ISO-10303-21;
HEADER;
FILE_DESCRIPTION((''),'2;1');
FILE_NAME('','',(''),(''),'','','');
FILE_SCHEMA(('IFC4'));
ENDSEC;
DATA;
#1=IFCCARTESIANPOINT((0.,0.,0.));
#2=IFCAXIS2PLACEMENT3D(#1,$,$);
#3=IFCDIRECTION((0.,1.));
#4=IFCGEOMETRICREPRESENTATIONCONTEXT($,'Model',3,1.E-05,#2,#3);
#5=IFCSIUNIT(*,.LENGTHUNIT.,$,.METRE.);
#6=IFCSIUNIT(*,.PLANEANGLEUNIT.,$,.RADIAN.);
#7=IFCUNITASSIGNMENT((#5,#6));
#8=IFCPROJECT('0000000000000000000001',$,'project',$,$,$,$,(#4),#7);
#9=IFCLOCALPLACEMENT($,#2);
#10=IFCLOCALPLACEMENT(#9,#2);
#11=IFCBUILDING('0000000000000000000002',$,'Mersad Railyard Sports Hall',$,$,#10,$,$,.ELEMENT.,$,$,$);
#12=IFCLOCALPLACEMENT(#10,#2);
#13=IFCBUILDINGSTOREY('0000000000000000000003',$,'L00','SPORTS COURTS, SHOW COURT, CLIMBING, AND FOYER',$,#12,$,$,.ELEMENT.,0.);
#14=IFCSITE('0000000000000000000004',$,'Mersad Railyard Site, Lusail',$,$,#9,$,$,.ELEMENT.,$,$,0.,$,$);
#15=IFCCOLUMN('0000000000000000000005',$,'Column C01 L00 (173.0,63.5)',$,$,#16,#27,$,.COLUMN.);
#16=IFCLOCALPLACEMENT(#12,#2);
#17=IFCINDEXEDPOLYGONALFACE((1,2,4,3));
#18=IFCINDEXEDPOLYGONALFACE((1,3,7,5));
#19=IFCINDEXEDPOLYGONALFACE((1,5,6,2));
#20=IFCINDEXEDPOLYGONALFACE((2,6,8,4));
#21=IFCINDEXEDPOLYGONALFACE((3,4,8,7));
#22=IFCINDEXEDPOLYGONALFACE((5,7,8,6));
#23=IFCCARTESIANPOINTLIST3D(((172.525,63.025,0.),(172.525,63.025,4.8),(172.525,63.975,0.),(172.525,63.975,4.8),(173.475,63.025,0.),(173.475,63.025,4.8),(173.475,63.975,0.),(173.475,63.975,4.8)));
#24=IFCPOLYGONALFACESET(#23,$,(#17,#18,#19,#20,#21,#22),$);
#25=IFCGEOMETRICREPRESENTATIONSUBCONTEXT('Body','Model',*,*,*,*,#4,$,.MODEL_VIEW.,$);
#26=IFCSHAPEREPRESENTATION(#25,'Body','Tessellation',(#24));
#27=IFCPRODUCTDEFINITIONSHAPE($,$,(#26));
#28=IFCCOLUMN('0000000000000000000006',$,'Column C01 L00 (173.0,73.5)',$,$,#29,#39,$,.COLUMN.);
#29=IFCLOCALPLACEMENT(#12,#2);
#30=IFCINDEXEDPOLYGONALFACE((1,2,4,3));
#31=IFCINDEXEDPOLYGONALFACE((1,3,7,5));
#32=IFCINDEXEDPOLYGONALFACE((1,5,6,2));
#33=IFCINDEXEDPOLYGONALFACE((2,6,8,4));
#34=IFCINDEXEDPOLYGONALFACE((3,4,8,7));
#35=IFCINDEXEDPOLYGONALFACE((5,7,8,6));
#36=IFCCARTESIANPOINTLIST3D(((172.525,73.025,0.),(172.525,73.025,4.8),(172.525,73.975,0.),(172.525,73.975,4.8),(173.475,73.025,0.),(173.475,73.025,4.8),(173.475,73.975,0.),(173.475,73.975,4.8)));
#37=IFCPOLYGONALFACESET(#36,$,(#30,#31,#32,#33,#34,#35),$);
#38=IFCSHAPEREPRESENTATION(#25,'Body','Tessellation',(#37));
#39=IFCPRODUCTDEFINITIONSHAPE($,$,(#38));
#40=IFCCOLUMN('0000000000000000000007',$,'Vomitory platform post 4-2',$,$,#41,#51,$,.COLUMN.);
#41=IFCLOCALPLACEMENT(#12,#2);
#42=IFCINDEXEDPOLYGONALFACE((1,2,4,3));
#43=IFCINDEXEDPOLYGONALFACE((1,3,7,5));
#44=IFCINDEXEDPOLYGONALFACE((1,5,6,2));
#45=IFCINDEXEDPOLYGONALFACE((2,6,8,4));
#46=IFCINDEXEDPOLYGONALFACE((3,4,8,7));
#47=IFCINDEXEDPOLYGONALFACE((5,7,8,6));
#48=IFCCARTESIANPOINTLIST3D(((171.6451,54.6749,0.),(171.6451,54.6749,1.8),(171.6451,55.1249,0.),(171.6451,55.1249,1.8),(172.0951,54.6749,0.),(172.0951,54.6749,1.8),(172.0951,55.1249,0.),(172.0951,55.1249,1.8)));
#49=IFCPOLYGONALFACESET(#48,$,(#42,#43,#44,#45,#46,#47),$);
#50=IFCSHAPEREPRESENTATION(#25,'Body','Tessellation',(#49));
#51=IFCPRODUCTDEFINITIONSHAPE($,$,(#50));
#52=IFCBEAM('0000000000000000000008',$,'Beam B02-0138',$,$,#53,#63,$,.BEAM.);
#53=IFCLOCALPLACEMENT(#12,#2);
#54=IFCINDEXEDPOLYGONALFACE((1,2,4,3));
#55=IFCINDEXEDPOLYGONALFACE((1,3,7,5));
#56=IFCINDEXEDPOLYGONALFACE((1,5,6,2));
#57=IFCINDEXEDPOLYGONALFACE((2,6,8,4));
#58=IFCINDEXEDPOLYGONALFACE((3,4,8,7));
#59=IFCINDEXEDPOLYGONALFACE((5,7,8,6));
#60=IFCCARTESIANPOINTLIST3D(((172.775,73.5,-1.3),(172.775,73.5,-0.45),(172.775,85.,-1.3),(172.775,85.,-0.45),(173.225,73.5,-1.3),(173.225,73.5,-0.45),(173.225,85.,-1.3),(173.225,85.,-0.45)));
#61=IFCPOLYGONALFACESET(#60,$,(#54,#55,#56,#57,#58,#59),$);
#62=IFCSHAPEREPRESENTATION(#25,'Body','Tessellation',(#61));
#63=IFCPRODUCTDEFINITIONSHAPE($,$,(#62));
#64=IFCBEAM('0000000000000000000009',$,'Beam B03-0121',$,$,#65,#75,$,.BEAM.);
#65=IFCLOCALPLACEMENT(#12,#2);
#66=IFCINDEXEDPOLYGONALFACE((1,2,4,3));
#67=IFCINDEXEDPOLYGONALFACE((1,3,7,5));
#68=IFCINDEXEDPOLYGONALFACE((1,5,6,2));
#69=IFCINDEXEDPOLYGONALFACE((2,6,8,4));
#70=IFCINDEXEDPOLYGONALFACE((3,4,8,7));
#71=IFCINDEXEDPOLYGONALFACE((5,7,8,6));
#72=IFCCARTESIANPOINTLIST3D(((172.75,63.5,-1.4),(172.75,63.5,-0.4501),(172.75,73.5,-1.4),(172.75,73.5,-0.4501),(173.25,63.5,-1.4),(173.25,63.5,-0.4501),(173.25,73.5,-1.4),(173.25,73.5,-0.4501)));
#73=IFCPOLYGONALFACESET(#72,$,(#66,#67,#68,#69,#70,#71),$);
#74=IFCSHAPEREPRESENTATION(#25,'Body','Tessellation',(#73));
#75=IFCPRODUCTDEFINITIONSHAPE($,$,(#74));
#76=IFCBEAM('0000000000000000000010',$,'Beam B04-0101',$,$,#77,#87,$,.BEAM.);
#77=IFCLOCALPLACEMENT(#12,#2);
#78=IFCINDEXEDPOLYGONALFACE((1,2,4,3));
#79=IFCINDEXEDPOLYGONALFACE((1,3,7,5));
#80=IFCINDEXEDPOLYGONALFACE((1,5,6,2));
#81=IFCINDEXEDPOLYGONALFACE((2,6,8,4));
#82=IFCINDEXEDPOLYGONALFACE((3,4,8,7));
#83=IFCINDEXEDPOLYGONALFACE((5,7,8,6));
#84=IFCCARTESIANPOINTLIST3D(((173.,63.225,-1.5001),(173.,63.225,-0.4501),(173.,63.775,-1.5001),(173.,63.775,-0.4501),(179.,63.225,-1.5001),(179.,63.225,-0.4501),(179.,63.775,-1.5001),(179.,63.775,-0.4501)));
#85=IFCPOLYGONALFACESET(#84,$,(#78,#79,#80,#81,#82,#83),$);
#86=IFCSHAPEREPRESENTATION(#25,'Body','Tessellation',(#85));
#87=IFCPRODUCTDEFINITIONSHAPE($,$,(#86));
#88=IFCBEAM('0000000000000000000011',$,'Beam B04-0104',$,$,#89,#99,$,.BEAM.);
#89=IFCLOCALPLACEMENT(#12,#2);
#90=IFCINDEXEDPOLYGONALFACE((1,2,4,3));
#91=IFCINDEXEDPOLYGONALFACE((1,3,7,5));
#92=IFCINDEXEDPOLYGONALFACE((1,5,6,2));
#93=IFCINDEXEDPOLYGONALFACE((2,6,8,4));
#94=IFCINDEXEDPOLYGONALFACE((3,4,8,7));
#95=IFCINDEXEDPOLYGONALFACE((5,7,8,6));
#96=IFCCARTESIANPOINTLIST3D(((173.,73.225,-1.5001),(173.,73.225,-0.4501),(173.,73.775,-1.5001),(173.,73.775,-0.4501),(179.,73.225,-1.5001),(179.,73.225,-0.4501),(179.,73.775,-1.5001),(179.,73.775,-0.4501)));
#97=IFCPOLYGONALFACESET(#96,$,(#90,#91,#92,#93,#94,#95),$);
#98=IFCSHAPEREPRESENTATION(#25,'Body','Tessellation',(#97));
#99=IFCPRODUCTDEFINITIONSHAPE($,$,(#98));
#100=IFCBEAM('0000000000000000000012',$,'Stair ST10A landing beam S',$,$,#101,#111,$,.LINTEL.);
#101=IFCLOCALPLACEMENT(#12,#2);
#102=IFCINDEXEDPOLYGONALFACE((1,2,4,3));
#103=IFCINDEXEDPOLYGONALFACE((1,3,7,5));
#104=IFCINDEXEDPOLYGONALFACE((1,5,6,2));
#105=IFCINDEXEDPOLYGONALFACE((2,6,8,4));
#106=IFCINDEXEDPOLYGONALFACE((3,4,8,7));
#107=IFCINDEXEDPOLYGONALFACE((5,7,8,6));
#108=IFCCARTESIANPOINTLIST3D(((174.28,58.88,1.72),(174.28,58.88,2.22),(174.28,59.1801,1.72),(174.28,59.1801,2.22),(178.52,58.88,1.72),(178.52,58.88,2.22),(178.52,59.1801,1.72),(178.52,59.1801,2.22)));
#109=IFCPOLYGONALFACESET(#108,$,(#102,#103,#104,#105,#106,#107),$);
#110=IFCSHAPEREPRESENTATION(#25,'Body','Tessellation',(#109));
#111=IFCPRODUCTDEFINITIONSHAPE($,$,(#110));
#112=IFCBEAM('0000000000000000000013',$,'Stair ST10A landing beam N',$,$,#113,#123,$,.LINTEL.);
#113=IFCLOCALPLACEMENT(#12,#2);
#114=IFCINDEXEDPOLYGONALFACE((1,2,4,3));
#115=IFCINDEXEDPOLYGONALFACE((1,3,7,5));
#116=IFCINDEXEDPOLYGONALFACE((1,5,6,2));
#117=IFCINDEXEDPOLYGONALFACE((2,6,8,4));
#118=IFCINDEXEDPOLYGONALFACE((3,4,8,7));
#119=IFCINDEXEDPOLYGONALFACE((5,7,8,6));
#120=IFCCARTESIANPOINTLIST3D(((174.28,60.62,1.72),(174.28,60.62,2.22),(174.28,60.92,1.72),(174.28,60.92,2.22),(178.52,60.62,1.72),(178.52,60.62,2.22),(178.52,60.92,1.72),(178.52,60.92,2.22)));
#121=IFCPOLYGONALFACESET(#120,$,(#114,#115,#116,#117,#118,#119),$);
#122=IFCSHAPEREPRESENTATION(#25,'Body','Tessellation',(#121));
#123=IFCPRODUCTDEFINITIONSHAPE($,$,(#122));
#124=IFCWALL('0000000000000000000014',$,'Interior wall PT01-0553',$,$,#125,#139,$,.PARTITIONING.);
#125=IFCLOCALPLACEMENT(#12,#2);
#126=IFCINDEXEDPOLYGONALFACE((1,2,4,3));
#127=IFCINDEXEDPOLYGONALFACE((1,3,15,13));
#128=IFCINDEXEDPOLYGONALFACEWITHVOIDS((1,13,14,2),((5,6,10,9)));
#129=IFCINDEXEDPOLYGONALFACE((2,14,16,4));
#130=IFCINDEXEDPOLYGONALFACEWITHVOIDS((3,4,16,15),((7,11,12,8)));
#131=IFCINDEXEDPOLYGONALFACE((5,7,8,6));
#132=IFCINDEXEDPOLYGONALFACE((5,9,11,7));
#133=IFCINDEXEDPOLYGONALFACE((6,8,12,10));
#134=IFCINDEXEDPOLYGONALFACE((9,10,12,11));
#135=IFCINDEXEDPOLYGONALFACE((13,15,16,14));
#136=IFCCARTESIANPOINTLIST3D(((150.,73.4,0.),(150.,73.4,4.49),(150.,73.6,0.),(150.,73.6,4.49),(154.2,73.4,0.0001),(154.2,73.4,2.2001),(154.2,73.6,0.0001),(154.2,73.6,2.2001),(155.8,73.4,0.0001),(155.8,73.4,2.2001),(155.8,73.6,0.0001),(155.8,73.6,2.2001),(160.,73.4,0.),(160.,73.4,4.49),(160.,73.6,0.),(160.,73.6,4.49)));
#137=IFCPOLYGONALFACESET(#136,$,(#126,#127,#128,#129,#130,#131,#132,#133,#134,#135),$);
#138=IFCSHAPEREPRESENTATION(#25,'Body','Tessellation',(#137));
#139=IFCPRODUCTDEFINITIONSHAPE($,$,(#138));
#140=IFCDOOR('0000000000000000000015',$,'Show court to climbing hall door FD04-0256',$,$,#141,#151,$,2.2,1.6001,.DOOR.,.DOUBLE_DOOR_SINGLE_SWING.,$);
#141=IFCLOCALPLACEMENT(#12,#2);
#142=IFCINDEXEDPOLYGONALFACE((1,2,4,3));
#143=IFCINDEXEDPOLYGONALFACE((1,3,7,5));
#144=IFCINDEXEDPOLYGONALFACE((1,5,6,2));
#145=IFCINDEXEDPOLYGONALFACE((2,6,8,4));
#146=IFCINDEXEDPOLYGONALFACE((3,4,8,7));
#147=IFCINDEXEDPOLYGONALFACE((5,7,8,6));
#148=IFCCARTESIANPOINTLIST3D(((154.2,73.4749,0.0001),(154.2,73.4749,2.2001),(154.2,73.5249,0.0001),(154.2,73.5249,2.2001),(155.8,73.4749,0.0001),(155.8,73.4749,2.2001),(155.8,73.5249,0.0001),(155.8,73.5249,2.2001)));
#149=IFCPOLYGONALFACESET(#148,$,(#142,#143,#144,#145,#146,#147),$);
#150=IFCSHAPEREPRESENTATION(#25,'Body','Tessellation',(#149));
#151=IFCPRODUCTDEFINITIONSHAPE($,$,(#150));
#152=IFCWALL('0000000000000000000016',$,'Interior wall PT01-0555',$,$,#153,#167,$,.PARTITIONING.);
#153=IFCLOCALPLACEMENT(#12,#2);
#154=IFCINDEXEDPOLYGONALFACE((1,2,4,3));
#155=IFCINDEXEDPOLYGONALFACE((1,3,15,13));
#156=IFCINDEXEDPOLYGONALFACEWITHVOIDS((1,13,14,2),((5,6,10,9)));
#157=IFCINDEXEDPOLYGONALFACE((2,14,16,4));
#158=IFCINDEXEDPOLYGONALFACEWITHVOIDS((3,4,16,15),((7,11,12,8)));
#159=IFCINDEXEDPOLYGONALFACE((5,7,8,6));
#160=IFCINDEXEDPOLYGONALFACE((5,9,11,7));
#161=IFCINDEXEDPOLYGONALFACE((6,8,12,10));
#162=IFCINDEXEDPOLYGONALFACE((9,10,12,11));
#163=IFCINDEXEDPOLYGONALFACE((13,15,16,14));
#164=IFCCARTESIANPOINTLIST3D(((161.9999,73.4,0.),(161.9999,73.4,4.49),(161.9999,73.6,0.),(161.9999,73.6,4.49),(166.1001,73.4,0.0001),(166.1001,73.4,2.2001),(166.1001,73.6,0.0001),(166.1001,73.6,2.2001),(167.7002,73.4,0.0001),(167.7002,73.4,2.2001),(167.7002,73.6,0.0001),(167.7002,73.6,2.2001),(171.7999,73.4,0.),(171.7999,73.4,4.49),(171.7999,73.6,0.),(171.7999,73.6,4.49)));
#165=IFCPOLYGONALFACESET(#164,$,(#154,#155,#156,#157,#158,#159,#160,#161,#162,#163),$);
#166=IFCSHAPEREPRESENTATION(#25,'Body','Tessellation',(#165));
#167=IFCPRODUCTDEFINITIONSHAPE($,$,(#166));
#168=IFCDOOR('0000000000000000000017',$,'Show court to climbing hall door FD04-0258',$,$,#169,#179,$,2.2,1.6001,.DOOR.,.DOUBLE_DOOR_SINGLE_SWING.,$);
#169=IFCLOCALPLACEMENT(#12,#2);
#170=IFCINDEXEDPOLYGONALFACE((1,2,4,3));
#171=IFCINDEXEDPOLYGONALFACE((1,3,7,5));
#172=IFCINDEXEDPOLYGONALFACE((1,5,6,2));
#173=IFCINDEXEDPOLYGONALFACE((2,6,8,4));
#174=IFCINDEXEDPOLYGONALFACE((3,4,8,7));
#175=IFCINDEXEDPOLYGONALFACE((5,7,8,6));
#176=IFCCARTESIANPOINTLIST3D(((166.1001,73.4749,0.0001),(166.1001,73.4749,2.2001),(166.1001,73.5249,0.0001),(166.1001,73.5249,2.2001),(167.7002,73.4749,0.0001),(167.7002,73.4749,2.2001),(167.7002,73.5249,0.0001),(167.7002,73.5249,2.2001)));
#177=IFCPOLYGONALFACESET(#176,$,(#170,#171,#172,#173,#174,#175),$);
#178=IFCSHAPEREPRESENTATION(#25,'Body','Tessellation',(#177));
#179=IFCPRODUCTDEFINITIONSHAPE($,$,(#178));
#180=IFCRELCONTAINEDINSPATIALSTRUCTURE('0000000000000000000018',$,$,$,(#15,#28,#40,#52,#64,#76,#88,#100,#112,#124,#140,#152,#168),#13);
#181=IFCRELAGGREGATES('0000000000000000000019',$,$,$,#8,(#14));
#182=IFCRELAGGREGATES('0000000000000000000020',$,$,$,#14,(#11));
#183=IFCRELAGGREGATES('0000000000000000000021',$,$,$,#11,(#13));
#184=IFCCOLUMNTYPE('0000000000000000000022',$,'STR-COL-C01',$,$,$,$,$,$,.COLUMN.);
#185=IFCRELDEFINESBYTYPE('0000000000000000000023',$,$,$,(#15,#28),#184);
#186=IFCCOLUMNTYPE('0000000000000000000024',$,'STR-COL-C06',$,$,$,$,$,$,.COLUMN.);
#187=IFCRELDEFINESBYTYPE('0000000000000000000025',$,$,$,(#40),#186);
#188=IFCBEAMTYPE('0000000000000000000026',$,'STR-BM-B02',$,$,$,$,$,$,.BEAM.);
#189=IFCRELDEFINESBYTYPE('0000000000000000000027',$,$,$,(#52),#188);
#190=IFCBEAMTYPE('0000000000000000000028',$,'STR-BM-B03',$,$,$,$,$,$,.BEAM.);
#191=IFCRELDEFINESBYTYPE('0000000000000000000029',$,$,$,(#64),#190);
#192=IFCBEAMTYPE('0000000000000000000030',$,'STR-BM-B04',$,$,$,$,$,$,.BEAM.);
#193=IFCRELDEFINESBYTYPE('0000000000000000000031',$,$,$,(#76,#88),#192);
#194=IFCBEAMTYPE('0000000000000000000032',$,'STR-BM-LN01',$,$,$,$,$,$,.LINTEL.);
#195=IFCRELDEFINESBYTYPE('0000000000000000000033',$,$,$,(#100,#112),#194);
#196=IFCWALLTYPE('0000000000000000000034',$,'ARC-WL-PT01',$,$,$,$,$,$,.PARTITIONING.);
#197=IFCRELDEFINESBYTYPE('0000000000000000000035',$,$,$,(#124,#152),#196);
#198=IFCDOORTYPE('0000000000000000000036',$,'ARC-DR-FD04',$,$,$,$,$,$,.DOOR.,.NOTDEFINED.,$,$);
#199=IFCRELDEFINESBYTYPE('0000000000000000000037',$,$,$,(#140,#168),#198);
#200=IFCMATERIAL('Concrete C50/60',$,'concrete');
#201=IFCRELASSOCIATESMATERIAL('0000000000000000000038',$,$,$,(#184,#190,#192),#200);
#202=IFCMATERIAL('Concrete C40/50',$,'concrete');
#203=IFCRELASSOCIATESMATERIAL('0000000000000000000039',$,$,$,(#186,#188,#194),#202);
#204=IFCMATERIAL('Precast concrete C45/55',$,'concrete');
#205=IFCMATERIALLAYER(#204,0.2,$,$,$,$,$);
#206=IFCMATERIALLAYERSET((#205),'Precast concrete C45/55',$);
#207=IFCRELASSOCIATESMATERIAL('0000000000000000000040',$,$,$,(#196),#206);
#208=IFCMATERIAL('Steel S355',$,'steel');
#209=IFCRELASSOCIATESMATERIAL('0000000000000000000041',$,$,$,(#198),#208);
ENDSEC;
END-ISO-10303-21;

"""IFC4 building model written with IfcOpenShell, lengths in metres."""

from ifc_helpers import new_model, si_unit, direction, frame, frame_2d, origin, origin_2d, place, context, subcontext, project, spatial, rectangle, extrude, material, layer, layer_set, material_profile, profile_set, type_object, element, fill, save


model = new_model("IFC4")

# Units and contexts
model_context = context("Model", 3, precision=1e-05, world=origin(), true_north=direction((0.0, 1.0)))
body_context = subcontext(model_context, "Body", "Model", "MODEL_VIEW")
ifc_project = project(units=[si_unit("LENGTHUNIT", "METRE"), si_unit("PLANEANGLEUNIT", "RADIAN")], contexts=[model_context])

# Site, building, storey
site_placement = place(None, origin())
site = spatial("IfcSite", under=ifc_project, at=site_placement, Name="Mersad Railyard Site, Lusail", CompositionType="ELEMENT", RefElevation=0.0)
building_placement = place(site_placement, origin())
building = spatial("IfcBuilding", under=site, at=building_placement, Name="Mersad Railyard Sports Hall", CompositionType="ELEMENT")
storey_placement = place(building_placement, origin())
storey = spatial("IfcBuildingStorey", under=building, at=storey_placement, Name="L00", Description="SPORTS COURTS, SHOW COURT, CLIMBING, AND FOYER", CompositionType="ELEMENT", Elevation=0.0)

# Columns
ifc_material_1 = material(Name="Concrete C50/60", Category="concrete")
ifc_material_profile_1 = material_profile(ifc_material_1, rectangle(XDim=0.95, YDim=0.95, at=origin_2d()), Name="RC 950x950")
ifc_profile_set_1 = profile_set([ifc_material_profile_1], Name="Concrete C50/60")
column_type_1 = type_object("IfcColumnType", Name="STR-COL-C01", PredefinedType="COLUMN", material=ifc_profile_set_1)
for number, where, z_axis, x_axis, name in (
    (1, (173.0, 63.5, 0.0), (0.0, 0.0, 1.0), (1.0, 0.0, 0.0), "Column C01 L00 (173.0,63.5)"),
    (2, (173.0, 73.5, 0.0), (0.0, 0.0, 1.0), (1.0, 0.0, 0.0), "Column C01 L00 (173.0,73.5)"),
):
    element("IfcColumn", number, at=place(storey_placement, frame(where, z_axis=z_axis, x_axis=x_axis)), inside=storey, type_object=column_type_1, Name=name, PredefinedType="COLUMN", context=body_context, shape_type="SweptSolid", body=[
        extrude(rectangle(XDim=0.95, YDim=0.95, at=origin_2d()), origin(), (0.0, 0.0, 1.0), 4.8),
    ])
ifc_material_2 = material(Name="Concrete C40/50", Category="concrete")
ifc_material_profile_2 = material_profile(ifc_material_2, rectangle(XDim=0.45, YDim=0.45, at=origin_2d()), Name="RC 450x450")
ifc_profile_set_2 = profile_set([ifc_material_profile_2], Name="Concrete C40/50")
column_type_2 = type_object("IfcColumnType", Name="STR-COL-C06", PredefinedType="COLUMN", material=ifc_profile_set_2)
column_placement = place(storey_placement, frame((171.8701, 54.8999, 0.0), z_axis=(0.0, 0.0, 1.0), x_axis=(1.0, 0.0, 0.0)))
element("IfcColumn", 3, at=column_placement, inside=storey, type_object=column_type_2, Name="Vomitory platform post 4-2", PredefinedType="COLUMN", context=body_context, shape_type="SweptSolid", body=[
    extrude(rectangle(XDim=0.45, YDim=0.45, at=origin_2d()), origin(), (0.0, 0.0, 1.0), 1.8),
])

# Beams
ifc_material_profile_3 = material_profile(ifc_material_2, rectangle(XDim=0.45, YDim=0.8501, at=origin_2d()), Name="RC 450x850")
ifc_profile_set_3 = profile_set([ifc_material_profile_3], Name="Concrete C40/50")
beam_type_1 = type_object("IfcBeamType", Name="STR-BM-B02", PredefinedType="BEAM", material=ifc_profile_set_3)
beam_1_placement = place(storey_placement, frame((173.0, 73.5, -0.875), z_axis=(0.0, 1.0, 0.0), x_axis=(-1.0, 0.0, 0.0)))
element("IfcBeam", 4, at=beam_1_placement, inside=storey, type_object=beam_type_1, Name="Beam B02-0138", PredefinedType="BEAM", context=body_context, shape_type="SweptSolid", body=[
    extrude(rectangle(XDim=0.45, YDim=0.8501, at=origin_2d()), origin(), (0.0, 0.0, 1.0), 11.5),
])
ifc_material_profile_4 = material_profile(ifc_material_1, rectangle(XDim=0.5, YDim=0.95, at=origin_2d()), Name="RC 500x950")
ifc_profile_set_4 = profile_set([ifc_material_profile_4], Name="Concrete C50/60")
beam_type_2 = type_object("IfcBeamType", Name="STR-BM-B03", PredefinedType="BEAM", material=ifc_profile_set_4)
beam_2_placement = place(storey_placement, frame((173.0, 63.5, -0.925), z_axis=(0.0, 1.0, 0.0), x_axis=(-1.0, 0.0, 0.0)))
element("IfcBeam", 5, at=beam_2_placement, inside=storey, type_object=beam_type_2, Name="Beam B03-0121", PredefinedType="BEAM", context=body_context, shape_type="SweptSolid", body=[
    extrude(rectangle(XDim=0.5, YDim=0.95, at=origin_2d()), origin(), (0.0, 0.0, 1.0), 10.0),
])
ifc_material_profile_5 = material_profile(ifc_material_1, rectangle(XDim=0.55, YDim=1.05, at=origin_2d()), Name="RC 550x1050")
ifc_profile_set_5 = profile_set([ifc_material_profile_5], Name="Concrete C50/60")
beam_type_3 = type_object("IfcBeamType", Name="STR-BM-B04", PredefinedType="BEAM", material=ifc_profile_set_5)
for number, where, z_axis, x_axis, name in (
    (6, (173.0, 63.5, -0.9751), (1.0, 0.0, 0.0), (0.0, 1.0, 0.0), "Beam B04-0101"),
    (7, (173.0, 73.5, -0.9751), (1.0, 0.0, 0.0), (0.0, 1.0, 0.0), "Beam B04-0104"),
):
    element("IfcBeam", number, at=place(storey_placement, frame(where, z_axis=z_axis, x_axis=x_axis)), inside=storey, type_object=beam_type_3, Name=name, PredefinedType="BEAM", context=body_context, shape_type="SweptSolid", body=[
        extrude(rectangle(XDim=0.55, YDim=1.05, at=origin_2d()), origin(), (0.0, 0.0, 1.0), 6.0),
    ])
ifc_material_profile_6 = material_profile(ifc_material_2, rectangle(XDim=0.3, YDim=0.5, at=origin_2d()), Name="RC 300x500")
ifc_profile_set_6 = profile_set([ifc_material_profile_6], Name="Concrete C40/50")
beam_type_4 = type_object("IfcBeamType", Name="STR-BM-LN01", PredefinedType="LINTEL", material=ifc_profile_set_6)
for number, where, z_axis, x_axis, name in (
    (8, (174.28, 59.03, 1.97), (1.0, 0.0, 0.0), (0.0, 1.0, 0.0), "Stair ST10A landing beam S"),
    (9, (174.28, 60.77, 1.97), (1.0, 0.0, 0.0), (0.0, 1.0, 0.0), "Stair ST10A landing beam N"),
):
    element("IfcBeam", number, at=place(storey_placement, frame(where, z_axis=z_axis, x_axis=x_axis)), inside=storey, type_object=beam_type_4, Name=name, PredefinedType="LINTEL", context=body_context, shape_type="SweptSolid", body=[
        extrude(rectangle(XDim=0.3, YDim=0.5, at=origin_2d()), origin(), (0.0, 0.0, 1.0), 4.24),
    ])

# Walls, openings, doors
ifc_material_3 = material(Name="Precast concrete C45/55", Category="concrete")
ifc_layer_1 = layer(ifc_material_3, 0.2)
ifc_layer_set_1 = layer_set([ifc_layer_1], Name="Precast concrete C45/55")
wall_type_1 = type_object("IfcWallType", Name="ARC-WL-PT01", PredefinedType="PARTITIONING", material=ifc_layer_set_1)
wall_1_placement = place(storey_placement, frame((150.0, 73.5, 0.0), z_axis=(0.0, 0.0, 1.0), x_axis=(1.0, 0.0, 0.0)))
wall_1 = element("IfcWall", 10, at=wall_1_placement, inside=storey, type_object=wall_type_1, Name="Interior wall PT01-0553", PredefinedType="PARTITIONING", context=body_context, shape_type="SweptSolid", body=[
    extrude(rectangle(XDim=10.0, YDim=0.2, at=frame_2d((5.0, 0.0))), origin(), (0.0, 0.0, 1.0), 4.49),
])
opening_1_placement = place(wall_1_placement, frame((4.2, 0.0, 0.0)))
opening_1 = element("IfcOpeningElement", 11, at=opening_1_placement, cuts=wall_1, PredefinedType="OPENING", context=body_context, shape_type="SweptSolid", body=[
    extrude(rectangle(XDim=1.6001, YDim=2.2, at=frame_2d((0.8, 1.1001))), frame((0.0, 0.1099, 0.0), z_axis=(0.0, -1.0, 0.0), x_axis=(1.0, 0.0, 0.0)), (0.0, 0.0, 1.0), 0.22),
])
ifc_material_4 = material(Name="Steel S355", Category="steel")
door_type_1 = type_object("IfcDoorType", Name="ARC-DR-FD04", OperationType="NOTDEFINED", PredefinedType="DOOR", material=ifc_material_4)
door_1_placement = place(opening_1_placement, origin())
door_1 = element("IfcDoor", 12, at=door_1_placement, inside=storey, type_object=door_type_1, Name="Show court to climbing hall door FD04-0256", OperationType="DOUBLE_DOOR_SINGLE_SWING", OverallHeight=2.2, OverallWidth=1.6001, PredefinedType="DOOR", context=body_context, shape_type="SweptSolid", body=[
    extrude(rectangle(XDim=1.6001, YDim=2.2, at=frame_2d((0.8, 1.1001))), frame((0.0, 0.0249, 0.0), z_axis=(0.0, -1.0, 0.0), x_axis=(1.0, 0.0, 0.0)), (0.0, 0.0, 1.0), 0.05),
])
fill(opening_1, door_1)
wall_2_placement = place(storey_placement, frame((162.0, 73.5, 0.0), z_axis=(0.0, 0.0, 1.0), x_axis=(1.0, 0.0, 0.0)))
wall_2 = element("IfcWall", 13, at=wall_2_placement, inside=storey, type_object=wall_type_1, Name="Interior wall PT01-0555", PredefinedType="PARTITIONING", context=body_context, shape_type="SweptSolid", body=[
    extrude(rectangle(XDim=9.8, YDim=0.2, at=frame_2d((4.8999, 0.0))), origin(), (0.0, 0.0, 1.0), 4.49),
])
opening_2_placement = place(wall_2_placement, frame((4.1001, 0.0, 0.0)))
opening_2 = element("IfcOpeningElement", 14, at=opening_2_placement, cuts=wall_2, PredefinedType="OPENING", context=body_context, shape_type="SweptSolid", body=[
    extrude(rectangle(XDim=1.6001, YDim=2.2, at=frame_2d((0.8, 1.1001))), frame((0.0, 0.1099, 0.0), z_axis=(0.0, -1.0, 0.0), x_axis=(1.0, 0.0, 0.0)), (0.0, 0.0, 1.0), 0.22),
])
door_2_placement = place(opening_2_placement, origin())
door_2 = element("IfcDoor", 15, at=door_2_placement, inside=storey, type_object=door_type_1, Name="Show court to climbing hall door FD04-0258", OperationType="DOUBLE_DOOR_SINGLE_SWING", OverallHeight=2.2, OverallWidth=1.6001, PredefinedType="DOOR", context=body_context, shape_type="SweptSolid", body=[
    extrude(rectangle(XDim=1.6001, YDim=2.2, at=frame_2d((0.8, 1.1001))), frame((0.0, 0.0249, 0.0), z_axis=(0.0, -1.0, 0.0), x_axis=(1.0, 0.0, 0.0)), (0.0, 0.0, 1.0), 0.05),
])
fill(opening_2, door_2)

save(model, "model.ifc")
